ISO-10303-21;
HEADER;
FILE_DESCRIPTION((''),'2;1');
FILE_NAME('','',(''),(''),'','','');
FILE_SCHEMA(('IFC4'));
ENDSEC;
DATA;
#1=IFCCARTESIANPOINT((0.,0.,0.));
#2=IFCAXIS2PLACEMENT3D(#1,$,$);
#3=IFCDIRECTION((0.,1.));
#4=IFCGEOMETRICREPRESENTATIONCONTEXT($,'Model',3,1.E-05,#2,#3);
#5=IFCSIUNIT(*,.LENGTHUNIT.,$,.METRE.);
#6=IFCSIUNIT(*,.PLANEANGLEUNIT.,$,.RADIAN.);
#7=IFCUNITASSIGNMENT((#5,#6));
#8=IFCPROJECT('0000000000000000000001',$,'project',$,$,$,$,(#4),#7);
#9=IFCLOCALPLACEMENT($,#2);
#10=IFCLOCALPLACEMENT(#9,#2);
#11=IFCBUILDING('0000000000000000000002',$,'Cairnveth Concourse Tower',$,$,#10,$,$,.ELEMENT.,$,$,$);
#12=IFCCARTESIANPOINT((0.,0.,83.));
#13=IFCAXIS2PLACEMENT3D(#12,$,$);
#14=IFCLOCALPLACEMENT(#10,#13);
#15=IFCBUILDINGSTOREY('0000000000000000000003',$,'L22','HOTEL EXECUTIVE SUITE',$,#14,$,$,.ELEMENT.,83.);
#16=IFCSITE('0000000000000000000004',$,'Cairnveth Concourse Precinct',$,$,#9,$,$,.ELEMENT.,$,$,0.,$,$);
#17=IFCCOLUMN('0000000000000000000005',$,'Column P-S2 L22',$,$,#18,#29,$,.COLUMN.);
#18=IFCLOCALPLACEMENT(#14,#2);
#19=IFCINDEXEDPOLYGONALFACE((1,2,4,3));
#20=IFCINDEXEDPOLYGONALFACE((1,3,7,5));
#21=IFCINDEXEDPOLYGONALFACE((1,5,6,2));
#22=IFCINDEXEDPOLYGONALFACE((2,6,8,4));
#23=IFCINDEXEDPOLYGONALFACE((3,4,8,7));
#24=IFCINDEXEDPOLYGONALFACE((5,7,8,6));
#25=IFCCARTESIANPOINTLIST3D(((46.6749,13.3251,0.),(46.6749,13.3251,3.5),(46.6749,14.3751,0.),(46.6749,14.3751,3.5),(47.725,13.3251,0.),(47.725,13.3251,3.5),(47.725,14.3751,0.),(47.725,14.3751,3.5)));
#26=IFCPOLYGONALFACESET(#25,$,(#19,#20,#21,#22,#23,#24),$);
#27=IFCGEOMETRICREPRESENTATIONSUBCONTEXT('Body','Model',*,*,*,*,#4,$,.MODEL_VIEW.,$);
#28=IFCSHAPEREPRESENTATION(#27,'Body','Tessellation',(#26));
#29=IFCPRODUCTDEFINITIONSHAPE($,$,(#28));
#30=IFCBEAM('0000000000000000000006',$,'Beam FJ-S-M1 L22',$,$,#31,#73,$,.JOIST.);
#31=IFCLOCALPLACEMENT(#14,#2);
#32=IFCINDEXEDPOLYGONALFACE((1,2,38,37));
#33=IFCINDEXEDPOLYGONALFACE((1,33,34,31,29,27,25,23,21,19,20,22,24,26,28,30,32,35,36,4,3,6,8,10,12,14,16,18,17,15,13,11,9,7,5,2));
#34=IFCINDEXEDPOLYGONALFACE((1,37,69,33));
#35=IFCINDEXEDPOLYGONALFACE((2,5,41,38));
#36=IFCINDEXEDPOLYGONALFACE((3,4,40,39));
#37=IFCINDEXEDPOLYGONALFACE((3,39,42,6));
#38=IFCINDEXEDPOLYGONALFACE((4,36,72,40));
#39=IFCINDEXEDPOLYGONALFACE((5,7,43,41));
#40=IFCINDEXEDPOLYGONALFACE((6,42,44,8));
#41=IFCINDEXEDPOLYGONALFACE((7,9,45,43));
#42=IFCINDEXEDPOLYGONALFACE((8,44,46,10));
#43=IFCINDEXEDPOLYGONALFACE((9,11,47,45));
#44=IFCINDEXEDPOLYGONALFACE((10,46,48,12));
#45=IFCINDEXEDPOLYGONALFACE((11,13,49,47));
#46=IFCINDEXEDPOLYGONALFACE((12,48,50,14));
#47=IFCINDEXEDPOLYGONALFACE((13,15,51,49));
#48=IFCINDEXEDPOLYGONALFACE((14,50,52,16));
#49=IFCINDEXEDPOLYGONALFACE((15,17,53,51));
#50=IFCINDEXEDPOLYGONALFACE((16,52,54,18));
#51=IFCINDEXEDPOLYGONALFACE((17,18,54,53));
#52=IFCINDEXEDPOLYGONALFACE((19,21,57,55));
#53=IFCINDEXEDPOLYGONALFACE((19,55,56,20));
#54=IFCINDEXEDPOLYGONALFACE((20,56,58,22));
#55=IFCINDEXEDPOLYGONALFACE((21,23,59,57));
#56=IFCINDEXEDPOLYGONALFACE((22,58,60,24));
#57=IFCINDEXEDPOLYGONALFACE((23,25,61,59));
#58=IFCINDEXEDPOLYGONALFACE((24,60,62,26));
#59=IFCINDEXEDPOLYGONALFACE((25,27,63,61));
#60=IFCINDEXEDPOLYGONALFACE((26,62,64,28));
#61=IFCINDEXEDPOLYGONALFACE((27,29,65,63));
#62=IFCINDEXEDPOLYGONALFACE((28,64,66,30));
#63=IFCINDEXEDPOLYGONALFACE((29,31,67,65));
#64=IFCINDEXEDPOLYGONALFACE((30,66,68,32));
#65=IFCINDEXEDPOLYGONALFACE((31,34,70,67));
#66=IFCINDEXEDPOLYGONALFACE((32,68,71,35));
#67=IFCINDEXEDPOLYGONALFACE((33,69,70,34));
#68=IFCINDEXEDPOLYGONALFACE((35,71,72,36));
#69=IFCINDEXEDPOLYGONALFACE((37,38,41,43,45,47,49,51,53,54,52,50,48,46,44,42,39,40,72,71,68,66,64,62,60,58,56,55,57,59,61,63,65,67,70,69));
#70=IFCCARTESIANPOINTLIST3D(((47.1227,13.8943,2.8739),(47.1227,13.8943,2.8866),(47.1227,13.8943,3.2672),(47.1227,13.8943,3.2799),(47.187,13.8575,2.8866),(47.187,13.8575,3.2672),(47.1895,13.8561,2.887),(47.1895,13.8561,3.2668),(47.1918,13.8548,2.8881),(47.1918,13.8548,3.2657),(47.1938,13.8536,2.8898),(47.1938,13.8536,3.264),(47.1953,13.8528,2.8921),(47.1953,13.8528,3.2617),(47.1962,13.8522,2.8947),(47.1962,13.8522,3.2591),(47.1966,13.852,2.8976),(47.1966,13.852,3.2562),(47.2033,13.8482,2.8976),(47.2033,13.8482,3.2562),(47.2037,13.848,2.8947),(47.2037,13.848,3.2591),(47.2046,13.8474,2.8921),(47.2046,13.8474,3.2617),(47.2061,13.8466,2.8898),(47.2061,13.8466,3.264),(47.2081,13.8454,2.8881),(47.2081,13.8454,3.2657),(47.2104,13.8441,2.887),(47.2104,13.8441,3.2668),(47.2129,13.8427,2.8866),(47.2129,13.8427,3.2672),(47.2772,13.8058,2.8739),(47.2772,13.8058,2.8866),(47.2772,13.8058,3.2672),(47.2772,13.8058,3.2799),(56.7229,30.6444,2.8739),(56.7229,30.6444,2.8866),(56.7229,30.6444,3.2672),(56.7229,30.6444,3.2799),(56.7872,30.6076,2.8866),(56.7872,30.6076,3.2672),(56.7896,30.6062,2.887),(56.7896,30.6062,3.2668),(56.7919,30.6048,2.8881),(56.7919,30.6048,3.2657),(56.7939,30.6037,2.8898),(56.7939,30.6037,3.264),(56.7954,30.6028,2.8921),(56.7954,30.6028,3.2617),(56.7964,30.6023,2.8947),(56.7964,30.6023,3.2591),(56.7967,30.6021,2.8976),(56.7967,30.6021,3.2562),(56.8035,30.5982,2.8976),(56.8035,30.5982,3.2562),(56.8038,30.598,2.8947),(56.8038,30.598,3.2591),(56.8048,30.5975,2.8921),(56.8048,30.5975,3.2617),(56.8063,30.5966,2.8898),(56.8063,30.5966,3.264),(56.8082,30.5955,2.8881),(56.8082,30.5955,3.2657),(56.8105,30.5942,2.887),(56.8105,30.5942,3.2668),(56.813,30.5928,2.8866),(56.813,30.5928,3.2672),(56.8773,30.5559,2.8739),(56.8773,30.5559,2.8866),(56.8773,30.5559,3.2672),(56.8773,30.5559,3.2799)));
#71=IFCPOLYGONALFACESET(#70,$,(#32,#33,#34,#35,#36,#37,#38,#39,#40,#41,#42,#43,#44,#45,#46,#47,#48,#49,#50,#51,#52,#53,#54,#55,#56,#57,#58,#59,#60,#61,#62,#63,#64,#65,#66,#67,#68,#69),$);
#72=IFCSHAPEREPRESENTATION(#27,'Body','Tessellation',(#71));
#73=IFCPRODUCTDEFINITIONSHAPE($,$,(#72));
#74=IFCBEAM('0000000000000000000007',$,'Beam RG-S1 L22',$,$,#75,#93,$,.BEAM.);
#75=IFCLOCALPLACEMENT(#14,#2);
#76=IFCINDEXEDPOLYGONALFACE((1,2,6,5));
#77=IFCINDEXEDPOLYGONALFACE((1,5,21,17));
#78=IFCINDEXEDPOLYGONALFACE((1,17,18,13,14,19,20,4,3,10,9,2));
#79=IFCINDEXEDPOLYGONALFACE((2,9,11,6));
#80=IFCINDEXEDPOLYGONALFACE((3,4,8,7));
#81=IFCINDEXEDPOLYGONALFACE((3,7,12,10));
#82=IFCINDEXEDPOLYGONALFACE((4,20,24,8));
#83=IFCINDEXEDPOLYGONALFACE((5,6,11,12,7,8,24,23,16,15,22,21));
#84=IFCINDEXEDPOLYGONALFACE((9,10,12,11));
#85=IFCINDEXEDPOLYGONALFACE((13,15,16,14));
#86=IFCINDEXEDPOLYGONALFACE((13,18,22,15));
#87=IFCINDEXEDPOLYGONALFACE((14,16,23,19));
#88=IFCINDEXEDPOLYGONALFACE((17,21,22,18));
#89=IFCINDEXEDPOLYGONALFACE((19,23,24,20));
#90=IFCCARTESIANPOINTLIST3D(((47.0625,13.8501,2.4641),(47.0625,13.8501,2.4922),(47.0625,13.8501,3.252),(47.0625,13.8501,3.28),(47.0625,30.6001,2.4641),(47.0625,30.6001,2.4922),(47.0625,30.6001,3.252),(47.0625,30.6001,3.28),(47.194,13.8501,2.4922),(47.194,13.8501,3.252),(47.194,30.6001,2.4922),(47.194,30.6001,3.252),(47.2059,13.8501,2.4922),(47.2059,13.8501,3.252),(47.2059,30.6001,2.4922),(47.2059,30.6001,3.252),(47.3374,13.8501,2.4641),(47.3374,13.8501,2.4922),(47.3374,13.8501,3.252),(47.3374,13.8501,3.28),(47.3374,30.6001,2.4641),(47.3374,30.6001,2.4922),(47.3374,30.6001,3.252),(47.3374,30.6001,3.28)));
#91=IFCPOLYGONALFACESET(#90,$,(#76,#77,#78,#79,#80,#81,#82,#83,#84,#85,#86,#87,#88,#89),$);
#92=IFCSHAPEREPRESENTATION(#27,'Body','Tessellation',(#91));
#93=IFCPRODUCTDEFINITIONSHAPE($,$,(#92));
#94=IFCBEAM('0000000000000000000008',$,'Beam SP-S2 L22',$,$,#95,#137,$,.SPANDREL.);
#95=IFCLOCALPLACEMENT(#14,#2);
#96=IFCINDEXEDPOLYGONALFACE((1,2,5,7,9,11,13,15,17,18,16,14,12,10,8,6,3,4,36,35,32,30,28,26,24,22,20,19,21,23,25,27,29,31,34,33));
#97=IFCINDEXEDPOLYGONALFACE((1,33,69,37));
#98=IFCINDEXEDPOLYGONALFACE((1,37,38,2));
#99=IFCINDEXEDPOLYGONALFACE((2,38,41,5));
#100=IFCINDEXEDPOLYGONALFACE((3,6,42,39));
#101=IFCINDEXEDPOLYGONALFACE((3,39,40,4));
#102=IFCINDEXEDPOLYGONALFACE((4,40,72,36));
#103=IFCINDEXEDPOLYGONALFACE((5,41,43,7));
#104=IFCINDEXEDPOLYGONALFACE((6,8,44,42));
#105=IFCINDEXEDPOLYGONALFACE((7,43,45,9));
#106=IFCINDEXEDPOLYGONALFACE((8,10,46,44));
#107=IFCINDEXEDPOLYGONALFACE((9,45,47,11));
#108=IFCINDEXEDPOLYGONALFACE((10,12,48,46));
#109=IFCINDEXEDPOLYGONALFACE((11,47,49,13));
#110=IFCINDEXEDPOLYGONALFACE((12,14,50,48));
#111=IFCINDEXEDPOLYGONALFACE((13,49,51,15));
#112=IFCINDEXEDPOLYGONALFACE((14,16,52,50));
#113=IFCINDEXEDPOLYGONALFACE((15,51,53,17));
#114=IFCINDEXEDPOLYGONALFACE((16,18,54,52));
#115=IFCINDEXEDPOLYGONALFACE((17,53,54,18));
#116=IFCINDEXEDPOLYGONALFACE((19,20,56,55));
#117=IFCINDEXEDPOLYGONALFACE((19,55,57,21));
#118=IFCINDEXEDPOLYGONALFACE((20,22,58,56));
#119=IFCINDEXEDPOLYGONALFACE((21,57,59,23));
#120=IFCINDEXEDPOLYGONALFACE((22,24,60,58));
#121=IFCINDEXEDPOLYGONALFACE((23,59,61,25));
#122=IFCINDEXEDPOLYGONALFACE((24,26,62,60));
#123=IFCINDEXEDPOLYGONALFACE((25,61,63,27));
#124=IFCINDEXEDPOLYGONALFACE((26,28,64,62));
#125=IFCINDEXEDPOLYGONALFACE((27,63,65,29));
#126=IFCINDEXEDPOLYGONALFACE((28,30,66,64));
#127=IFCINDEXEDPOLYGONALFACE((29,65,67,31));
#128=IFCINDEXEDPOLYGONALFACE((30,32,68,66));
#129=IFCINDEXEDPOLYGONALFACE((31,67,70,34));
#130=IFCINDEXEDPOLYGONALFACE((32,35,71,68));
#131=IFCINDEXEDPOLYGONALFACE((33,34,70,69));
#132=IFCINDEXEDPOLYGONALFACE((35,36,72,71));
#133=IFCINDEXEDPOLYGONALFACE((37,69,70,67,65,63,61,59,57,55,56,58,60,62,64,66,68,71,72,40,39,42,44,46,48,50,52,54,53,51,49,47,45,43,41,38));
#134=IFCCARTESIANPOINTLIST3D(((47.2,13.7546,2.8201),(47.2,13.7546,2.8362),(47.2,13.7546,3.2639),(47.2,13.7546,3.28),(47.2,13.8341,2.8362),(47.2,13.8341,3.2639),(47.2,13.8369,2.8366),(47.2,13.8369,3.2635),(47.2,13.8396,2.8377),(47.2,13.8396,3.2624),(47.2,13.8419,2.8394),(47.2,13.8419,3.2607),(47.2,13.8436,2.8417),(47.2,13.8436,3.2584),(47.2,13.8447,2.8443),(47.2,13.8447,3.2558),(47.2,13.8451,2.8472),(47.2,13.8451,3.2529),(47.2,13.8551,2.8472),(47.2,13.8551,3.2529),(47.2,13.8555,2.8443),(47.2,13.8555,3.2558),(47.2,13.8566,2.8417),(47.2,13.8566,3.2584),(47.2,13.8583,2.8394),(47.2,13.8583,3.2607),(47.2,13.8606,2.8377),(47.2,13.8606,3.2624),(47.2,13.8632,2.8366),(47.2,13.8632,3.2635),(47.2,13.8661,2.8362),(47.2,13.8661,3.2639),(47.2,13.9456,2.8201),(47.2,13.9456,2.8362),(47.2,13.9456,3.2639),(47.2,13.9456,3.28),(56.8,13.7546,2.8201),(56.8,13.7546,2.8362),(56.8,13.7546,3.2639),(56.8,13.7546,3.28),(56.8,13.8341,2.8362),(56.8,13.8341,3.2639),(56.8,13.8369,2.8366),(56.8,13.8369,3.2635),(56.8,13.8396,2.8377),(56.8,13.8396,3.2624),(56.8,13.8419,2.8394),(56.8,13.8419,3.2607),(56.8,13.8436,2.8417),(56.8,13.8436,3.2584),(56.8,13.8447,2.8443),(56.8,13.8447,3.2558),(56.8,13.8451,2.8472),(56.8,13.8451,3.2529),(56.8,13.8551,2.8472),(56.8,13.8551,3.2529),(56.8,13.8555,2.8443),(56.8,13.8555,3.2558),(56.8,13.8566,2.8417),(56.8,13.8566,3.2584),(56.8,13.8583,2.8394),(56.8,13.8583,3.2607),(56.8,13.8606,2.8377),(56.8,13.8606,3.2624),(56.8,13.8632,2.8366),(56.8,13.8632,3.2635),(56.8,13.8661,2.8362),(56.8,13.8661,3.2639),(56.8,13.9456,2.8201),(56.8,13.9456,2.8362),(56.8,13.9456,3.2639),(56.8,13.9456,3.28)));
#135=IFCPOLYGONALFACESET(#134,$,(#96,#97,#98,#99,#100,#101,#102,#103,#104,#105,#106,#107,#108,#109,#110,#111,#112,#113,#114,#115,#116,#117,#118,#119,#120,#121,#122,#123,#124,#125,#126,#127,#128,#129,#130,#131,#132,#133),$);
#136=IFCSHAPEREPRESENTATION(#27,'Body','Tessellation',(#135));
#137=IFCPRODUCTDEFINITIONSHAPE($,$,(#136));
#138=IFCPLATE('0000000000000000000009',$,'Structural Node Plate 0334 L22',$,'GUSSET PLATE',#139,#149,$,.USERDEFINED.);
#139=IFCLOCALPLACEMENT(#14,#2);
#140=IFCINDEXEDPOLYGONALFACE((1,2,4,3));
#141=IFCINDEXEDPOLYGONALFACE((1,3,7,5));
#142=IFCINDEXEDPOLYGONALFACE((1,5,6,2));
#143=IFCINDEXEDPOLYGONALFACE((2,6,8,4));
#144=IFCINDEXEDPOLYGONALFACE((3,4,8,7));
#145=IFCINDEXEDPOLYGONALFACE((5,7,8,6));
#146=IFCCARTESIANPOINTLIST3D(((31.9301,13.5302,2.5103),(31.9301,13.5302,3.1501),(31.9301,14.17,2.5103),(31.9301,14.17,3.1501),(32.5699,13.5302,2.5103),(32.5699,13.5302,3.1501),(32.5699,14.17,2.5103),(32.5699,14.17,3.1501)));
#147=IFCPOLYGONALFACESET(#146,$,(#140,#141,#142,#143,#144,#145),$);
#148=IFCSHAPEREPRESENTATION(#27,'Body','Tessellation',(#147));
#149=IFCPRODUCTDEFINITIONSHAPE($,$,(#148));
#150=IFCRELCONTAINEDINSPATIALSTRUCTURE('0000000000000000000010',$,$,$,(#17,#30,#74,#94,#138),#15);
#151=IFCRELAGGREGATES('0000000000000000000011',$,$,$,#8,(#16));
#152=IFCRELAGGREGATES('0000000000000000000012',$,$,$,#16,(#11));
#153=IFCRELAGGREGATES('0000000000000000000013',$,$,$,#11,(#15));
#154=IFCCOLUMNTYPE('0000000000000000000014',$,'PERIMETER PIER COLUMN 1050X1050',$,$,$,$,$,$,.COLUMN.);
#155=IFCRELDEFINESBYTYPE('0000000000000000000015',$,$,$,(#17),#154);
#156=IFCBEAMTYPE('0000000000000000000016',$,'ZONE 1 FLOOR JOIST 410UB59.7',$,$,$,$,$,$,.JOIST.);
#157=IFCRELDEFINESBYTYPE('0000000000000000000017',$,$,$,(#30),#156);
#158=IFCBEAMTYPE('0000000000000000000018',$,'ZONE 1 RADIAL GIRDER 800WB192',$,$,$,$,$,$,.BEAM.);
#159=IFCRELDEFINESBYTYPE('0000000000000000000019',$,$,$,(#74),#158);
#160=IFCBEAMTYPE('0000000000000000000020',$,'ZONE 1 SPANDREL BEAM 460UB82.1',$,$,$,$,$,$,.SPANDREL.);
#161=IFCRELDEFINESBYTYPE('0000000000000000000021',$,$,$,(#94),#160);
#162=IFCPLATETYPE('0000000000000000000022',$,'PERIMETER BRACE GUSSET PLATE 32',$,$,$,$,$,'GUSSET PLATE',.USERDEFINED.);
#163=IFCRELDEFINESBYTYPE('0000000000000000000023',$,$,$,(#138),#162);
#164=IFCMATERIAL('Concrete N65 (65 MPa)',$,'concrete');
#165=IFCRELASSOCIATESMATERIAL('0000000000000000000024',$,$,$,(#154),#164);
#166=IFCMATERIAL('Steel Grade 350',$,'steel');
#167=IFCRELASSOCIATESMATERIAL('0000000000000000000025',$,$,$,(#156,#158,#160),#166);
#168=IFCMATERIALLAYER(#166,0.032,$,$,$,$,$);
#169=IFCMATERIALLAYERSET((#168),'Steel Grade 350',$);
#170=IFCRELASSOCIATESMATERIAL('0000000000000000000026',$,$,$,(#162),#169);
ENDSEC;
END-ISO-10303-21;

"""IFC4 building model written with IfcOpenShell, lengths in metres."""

from ifc_helpers import new_model, si_unit, direction, frame, origin, origin_2d, place, context, subcontext, project, spatial, rectangle, i_section, extrude, material, layer, layer_set, material_profile, profile_set, type_object, element, save


model = new_model("IFC4")

# Units and contexts
model_context = context("Model", 3, precision=1e-05, world=origin(), true_north=direction((0.0, 1.0)))
body_context = subcontext(model_context, "Body", "Model", "MODEL_VIEW")
ifc_project = project(units=[si_unit("LENGTHUNIT", "METRE"), si_unit("PLANEANGLEUNIT", "RADIAN")], contexts=[model_context])

# Site, building, storey
site_placement = place(None, origin())
site = spatial("IfcSite", under=ifc_project, at=site_placement, Name="Cairnveth Concourse Precinct", CompositionType="ELEMENT", RefElevation=0.0)
building_placement = place(site_placement, origin())
building = spatial("IfcBuilding", under=site, at=building_placement, Name="Cairnveth Concourse Tower", CompositionType="ELEMENT")
storey_placement = place(building_placement, frame((0.0, 0.0, 83.0)))
storey = spatial("IfcBuildingStorey", under=building, at=storey_placement, Name="L22", Description="HOTEL EXECUTIVE SUITE", CompositionType="ELEMENT", Elevation=83.0)

# Column
ifc_material_1 = material(Name="Concrete N65 (65 MPa)", Category="concrete")
ifc_material_profile_1 = material_profile(ifc_material_1, rectangle(XDim=1.05, YDim=1.05, at=origin_2d()), Name="RC-COL-1050x1050")
ifc_profile_set_1 = profile_set([ifc_material_profile_1], Name="Concrete N65 (65 MPa)")
column_type = type_object("IfcColumnType", Name="PERIMETER PIER COLUMN 1050X1050", PredefinedType="COLUMN", material=ifc_profile_set_1)
column_placement = place(storey_placement, frame((47.2, 13.8501, 0.0), z_axis=(0.0, 0.0, 1.0), x_axis=(1.0, 0.0, 0.0)))
element("IfcColumn", 1, at=column_placement, inside=storey, type_object=column_type, Name="Column P-S2 L22", PredefinedType="COLUMN", context=body_context, shape_type="SweptSolid", body=[
    extrude(rectangle(XDim=1.05, YDim=1.05, at=origin_2d()), origin(), (0.0, 0.0, 1.0), 3.5),
])

# Beams
ifc_material_2 = material(Name="Steel Grade 350", Category="steel")
ifc_material_profile_2 = material_profile(ifc_material_2, i_section(OverallWidth=0.178, OverallDepth=0.406, WebThickness=0.0078, FlangeThickness=0.0127, FilletRadius=0.011, at=origin_2d()), Name="410UB59.7")
ifc_profile_set_2 = profile_set([ifc_material_profile_2], Name="Steel Grade 350")
beam_type_1 = type_object("IfcBeamType", Name="ZONE 1 FLOOR JOIST 410UB59.7", PredefinedType="JOIST", material=ifc_profile_set_2)
beam_1_placement = place(storey_placement, frame((47.2, 13.8501, 3.0769), z_axis=(0.497258, 0.867603, 0.0), x_axis=(-0.867603, 0.497258, 0.0)))
element("IfcBeam", 2, at=beam_1_placement, inside=storey, type_object=beam_type_1, Name="Beam FJ-S-M1 L22", PredefinedType="JOIST", context=body_context, shape_type="SweptSolid", body=[
    extrude(i_section(OverallWidth=0.178, OverallDepth=0.406, WebThickness=0.0078, FlangeThickness=0.0127, FilletRadius=0.011, at=origin_2d()), origin(), (0.0, 0.0, 1.0), 19.3062),
])
ifc_material_profile_3 = material_profile(ifc_material_2, i_section(OverallWidth=0.2749, OverallDepth=0.8159, WebThickness=0.012, FlangeThickness=0.0281, at=origin_2d()), Name="800WB192")
ifc_profile_set_3 = profile_set([ifc_material_profile_3], Name="Steel Grade 350")
beam_type_2 = type_object("IfcBeamType", Name="ZONE 1 RADIAL GIRDER 800WB192", PredefinedType="BEAM", material=ifc_profile_set_3)
beam_2_placement = place(storey_placement, frame((47.2, 13.8501, 2.8721), z_axis=(0.0, 1.0, 0.0), x_axis=(-1.0, 0.0, 0.0)))
element("IfcBeam", 3, at=beam_2_placement, inside=storey, type_object=beam_type_2, Name="Beam RG-S1 L22", PredefinedType="BEAM", context=body_context, shape_type="SweptSolid", body=[
    extrude(i_section(OverallWidth=0.2749, OverallDepth=0.8159, WebThickness=0.012, FlangeThickness=0.0281, at=origin_2d()), origin(), (0.0, 0.0, 1.0), 16.75),
])
ifc_material_profile_4 = material_profile(ifc_material_2, i_section(OverallWidth=0.1909, OverallDepth=0.46, WebThickness=0.01, FlangeThickness=0.0161, FilletRadius=0.011, at=origin_2d()), Name="460UB82.1")
ifc_profile_set_4 = profile_set([ifc_material_profile_4], Name="Steel Grade 350")
beam_type_3 = type_object("IfcBeamType", Name="ZONE 1 SPANDREL BEAM 460UB82.1", PredefinedType="SPANDREL", material=ifc_profile_set_4)
beam_3_placement = place(storey_placement, frame((47.2, 13.8501, 3.05), z_axis=(1.0, 0.0, 0.0), x_axis=(0.0, 1.0, 0.0)))
element("IfcBeam", 4, at=beam_3_placement, inside=storey, type_object=beam_type_3, Name="Beam SP-S2 L22", PredefinedType="SPANDREL", context=body_context, shape_type="SweptSolid", body=[
    extrude(i_section(OverallWidth=0.1909, OverallDepth=0.46, WebThickness=0.01, FlangeThickness=0.0161, FilletRadius=0.011, at=origin_2d()), origin(), (0.0, 0.0, 1.0), 9.6001),
])

# Plate
ifc_layer_1 = layer(ifc_material_2, 0.032)
ifc_layer_set_1 = layer_set([ifc_layer_1], Name="Steel Grade 350")
plate_type = type_object("IfcPlateType", Name="PERIMETER BRACE GUSSET PLATE 32", ElementType="GUSSET PLATE", PredefinedType="USERDEFINED", material=ifc_layer_set_1)
plate_placement = place(storey_placement, frame((32.25, 13.8501, 2.5103), z_axis=(0.0, 0.0, 1.0), x_axis=(1.0, 0.0, 0.0)))
element("IfcPlate", 5, at=plate_placement, inside=storey, type_object=plate_type, Name="Structural Node Plate 0334 L22", ObjectType="GUSSET PLATE", PredefinedType="USERDEFINED", context=body_context, shape_type="SweptSolid", body=[
    extrude(rectangle(XDim=0.6399, YDim=0.6399, at=origin_2d()), origin(), (0.0, 0.0, 1.0), 0.6399),
])

save(model, "model.ifc")
